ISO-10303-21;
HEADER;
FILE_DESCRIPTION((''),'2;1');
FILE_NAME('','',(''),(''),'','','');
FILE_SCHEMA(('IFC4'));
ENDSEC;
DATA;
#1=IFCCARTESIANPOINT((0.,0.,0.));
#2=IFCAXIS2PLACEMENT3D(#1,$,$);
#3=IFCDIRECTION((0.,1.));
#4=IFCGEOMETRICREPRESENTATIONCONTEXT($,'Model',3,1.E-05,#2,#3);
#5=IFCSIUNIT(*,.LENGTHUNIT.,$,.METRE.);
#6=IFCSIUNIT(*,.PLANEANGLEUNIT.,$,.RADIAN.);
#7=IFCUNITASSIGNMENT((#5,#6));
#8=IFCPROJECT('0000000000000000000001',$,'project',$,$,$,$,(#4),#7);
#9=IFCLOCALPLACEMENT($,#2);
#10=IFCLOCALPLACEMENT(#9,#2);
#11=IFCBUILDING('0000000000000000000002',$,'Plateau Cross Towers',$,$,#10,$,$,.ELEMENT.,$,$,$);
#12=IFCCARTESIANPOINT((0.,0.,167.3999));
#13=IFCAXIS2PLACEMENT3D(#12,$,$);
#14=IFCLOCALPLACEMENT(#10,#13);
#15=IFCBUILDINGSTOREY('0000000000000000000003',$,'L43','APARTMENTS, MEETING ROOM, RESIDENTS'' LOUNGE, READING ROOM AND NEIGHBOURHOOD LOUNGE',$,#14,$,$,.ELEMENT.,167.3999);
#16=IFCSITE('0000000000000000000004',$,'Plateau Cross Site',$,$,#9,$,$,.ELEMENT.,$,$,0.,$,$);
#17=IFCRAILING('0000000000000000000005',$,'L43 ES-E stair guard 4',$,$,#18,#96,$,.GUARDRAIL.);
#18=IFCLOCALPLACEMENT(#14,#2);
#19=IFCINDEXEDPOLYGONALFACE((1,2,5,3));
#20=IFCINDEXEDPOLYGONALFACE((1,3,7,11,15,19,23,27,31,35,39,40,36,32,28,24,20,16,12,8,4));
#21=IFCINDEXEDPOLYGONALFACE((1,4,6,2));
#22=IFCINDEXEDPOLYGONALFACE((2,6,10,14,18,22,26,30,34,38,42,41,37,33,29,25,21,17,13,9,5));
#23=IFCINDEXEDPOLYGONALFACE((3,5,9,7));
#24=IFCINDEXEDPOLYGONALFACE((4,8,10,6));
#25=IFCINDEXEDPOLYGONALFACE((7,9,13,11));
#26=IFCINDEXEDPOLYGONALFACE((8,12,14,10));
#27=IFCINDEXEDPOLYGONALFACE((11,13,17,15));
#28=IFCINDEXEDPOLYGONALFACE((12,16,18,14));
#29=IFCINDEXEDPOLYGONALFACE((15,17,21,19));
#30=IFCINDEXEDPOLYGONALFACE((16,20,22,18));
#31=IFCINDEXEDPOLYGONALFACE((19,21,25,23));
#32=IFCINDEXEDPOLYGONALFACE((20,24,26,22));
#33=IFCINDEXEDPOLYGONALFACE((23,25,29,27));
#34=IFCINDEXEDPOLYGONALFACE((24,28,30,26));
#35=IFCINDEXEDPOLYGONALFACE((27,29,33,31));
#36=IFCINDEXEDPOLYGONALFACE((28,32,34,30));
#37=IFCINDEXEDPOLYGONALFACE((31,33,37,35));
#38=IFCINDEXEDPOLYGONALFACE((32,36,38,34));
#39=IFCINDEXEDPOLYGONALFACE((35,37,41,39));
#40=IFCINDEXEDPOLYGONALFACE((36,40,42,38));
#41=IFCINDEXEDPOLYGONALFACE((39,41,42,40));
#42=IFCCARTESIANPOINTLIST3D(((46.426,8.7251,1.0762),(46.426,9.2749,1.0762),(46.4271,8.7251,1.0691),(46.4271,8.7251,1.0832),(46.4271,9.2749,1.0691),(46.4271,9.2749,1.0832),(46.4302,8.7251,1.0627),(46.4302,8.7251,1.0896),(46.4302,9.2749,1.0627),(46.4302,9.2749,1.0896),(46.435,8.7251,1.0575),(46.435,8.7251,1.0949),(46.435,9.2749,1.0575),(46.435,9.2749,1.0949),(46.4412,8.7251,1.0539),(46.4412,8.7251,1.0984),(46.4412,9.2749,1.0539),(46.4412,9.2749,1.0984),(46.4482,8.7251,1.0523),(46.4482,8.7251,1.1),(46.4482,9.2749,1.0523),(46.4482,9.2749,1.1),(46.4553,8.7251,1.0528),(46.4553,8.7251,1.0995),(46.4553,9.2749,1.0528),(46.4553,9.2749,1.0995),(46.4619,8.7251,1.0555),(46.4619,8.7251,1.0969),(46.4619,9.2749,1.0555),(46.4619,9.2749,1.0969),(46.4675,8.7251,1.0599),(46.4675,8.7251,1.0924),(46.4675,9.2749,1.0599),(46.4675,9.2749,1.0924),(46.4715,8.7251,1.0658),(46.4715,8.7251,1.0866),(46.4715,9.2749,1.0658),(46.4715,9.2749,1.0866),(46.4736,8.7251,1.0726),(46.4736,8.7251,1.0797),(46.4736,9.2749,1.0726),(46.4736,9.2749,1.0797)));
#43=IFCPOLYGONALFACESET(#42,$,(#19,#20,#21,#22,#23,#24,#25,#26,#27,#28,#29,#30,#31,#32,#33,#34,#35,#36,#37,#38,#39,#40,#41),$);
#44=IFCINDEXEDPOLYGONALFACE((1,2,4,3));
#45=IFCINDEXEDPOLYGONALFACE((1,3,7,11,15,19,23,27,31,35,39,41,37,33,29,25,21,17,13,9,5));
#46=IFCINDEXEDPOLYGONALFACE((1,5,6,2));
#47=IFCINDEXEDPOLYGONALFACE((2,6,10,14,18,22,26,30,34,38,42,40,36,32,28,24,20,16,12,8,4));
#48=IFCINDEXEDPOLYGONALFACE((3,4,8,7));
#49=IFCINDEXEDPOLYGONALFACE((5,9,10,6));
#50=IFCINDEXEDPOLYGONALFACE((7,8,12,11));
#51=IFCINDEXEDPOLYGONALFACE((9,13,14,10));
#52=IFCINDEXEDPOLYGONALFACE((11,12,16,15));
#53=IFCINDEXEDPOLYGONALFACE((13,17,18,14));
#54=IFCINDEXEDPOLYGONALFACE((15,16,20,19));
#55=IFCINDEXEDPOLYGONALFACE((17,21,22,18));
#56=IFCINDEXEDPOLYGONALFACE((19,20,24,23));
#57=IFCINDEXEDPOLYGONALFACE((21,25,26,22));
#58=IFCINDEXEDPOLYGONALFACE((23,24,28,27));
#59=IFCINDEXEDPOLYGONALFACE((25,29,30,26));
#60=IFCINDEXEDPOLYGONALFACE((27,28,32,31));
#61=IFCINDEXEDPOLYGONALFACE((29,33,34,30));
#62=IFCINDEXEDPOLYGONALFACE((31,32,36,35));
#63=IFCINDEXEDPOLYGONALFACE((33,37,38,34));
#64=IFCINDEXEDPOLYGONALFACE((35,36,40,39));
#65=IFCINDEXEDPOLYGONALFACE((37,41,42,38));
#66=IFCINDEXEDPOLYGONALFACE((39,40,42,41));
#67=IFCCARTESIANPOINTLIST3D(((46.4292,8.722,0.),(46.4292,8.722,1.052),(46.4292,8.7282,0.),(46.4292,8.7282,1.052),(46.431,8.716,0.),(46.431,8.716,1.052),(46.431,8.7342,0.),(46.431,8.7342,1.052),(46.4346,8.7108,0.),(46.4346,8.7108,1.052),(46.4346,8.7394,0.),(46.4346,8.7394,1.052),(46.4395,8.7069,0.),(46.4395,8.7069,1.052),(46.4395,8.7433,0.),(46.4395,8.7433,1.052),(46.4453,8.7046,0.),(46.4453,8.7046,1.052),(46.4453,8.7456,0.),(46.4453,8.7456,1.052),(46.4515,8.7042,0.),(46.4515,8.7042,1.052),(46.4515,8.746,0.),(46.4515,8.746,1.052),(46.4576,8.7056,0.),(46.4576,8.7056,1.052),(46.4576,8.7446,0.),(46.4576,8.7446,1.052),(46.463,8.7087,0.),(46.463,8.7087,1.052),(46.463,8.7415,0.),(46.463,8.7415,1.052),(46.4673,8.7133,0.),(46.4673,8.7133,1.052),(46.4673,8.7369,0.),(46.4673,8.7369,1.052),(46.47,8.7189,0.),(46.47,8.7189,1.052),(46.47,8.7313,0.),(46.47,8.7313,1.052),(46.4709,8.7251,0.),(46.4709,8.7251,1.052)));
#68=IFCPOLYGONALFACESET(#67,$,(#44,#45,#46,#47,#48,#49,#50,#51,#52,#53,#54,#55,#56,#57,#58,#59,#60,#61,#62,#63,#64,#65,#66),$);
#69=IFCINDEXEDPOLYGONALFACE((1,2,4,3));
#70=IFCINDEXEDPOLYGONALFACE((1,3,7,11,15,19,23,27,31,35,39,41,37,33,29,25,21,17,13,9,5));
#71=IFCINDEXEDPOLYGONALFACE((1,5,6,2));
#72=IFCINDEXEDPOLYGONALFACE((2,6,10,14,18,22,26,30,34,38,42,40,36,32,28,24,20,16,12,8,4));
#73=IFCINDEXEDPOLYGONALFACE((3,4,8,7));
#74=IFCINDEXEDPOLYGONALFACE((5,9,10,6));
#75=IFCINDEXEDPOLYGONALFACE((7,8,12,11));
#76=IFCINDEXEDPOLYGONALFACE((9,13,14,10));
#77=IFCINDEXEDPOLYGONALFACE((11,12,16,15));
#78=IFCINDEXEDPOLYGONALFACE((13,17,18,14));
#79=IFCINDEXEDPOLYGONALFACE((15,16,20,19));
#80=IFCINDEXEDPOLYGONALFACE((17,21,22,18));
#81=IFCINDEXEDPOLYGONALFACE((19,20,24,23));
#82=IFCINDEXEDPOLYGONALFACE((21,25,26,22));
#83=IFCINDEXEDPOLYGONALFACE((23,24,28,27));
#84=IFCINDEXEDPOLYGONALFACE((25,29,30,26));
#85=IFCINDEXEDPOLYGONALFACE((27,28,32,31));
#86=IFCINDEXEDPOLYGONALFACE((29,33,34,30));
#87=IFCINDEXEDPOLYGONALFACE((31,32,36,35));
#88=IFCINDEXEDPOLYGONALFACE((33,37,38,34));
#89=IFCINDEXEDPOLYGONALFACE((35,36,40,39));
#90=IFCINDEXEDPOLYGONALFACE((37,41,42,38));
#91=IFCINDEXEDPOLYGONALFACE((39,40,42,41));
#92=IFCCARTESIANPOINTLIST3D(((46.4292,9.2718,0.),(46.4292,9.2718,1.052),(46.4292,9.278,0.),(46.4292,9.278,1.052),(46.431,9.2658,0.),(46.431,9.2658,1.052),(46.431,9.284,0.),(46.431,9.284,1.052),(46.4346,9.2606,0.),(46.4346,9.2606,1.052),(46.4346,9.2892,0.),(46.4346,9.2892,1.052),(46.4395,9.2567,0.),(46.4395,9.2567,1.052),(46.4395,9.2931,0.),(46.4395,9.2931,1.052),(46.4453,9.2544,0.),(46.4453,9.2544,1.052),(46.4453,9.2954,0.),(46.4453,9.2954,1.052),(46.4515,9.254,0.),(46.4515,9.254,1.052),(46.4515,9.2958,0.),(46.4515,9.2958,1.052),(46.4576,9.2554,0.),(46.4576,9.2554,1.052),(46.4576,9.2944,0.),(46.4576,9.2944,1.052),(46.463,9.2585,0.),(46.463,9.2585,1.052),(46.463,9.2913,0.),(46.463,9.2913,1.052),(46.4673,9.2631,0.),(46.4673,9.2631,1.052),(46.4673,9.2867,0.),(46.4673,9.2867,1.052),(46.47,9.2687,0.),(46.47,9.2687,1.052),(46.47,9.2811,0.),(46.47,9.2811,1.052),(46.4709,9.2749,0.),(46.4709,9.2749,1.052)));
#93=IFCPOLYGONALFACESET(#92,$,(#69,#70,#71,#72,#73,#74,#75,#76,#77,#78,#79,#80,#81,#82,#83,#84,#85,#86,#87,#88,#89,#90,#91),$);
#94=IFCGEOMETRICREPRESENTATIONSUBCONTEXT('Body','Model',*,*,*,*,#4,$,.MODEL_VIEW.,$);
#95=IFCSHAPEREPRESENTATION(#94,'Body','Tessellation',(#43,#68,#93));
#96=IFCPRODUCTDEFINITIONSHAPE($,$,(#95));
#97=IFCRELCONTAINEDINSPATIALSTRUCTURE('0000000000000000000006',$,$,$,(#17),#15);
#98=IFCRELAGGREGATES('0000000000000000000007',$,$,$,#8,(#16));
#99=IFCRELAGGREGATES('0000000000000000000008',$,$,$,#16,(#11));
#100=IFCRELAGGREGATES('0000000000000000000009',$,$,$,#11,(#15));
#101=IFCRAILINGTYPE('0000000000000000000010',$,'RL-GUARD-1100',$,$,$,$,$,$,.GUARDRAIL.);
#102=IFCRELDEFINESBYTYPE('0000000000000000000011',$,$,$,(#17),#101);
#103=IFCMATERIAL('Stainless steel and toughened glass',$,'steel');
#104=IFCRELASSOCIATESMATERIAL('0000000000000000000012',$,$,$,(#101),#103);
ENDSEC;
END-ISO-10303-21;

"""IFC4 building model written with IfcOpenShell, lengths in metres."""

from ifc_helpers import new_model, si_unit, direction, frame, origin, origin_2d, place, context, subcontext, project, spatial, circle, extrude, material, type_object, element, save


model = new_model("IFC4")

# Units and contexts
model_context = context("Model", 3, precision=1e-05, world=origin(), true_north=direction((0.0, 1.0)))
body_context = subcontext(model_context, "Body", "Model", "MODEL_VIEW")
ifc_project = project(units=[si_unit("LENGTHUNIT", "METRE"), si_unit("PLANEANGLEUNIT", "RADIAN")], contexts=[model_context])

# Site, building, storey
site_placement = place(None, origin())
site = spatial("IfcSite", under=ifc_project, at=site_placement, Name="Plateau Cross Site", CompositionType="ELEMENT", RefElevation=0.0)
building_placement = place(site_placement, origin())
building = spatial("IfcBuilding", under=site, at=building_placement, Name="Plateau Cross Towers", CompositionType="ELEMENT")
storey_placement = place(building_placement, frame((0.0, 0.0, 167.3999)))
storey = spatial("IfcBuildingStorey", under=building, at=storey_placement, Name="L43", Description="APARTMENTS, MEETING ROOM, RESIDENTS' LOUNGE, READING ROOM AND NEIGHBOURHOOD LOUNGE", CompositionType="ELEMENT", Elevation=167.3999)

# Railing
ifc_material_1 = material(Name="Stainless steel and toughened glass", Category="steel")
railing_type_1 = type_object("IfcRailingType", Name="RL-GUARD-1100", PredefinedType="GUARDRAIL", material=ifc_material_1)
railing_1_placement = place(storey_placement, frame((46.45, 8.7251, 0.0)))
element("IfcRailing", 1, at=railing_1_placement, inside=storey, type_object=railing_type_1, Name="L43 ES-E stair guard 4", PredefinedType="GUARDRAIL", context=body_context, shape_type="SweptSolid", body=[
    extrude(circle(Radius=0.0239, at=origin_2d()), frame((0.0, 0.0, 1.0762), z_axis=(0.0, 1.0, 0.0), x_axis=(-1.0, 0.0, 0.0)), (0.0, 0.0, 1.0), 0.5498),
    extrude(circle(Radius=0.021, at=origin_2d()), origin(), (0.0, 0.0, 1.0), 1.052),
    extrude(circle(Radius=0.021, at=origin_2d()), frame((0.0, 0.5498, 0.0)), (0.0, 0.0, 1.0), 1.052),
])

save(model, "model.ifc")
